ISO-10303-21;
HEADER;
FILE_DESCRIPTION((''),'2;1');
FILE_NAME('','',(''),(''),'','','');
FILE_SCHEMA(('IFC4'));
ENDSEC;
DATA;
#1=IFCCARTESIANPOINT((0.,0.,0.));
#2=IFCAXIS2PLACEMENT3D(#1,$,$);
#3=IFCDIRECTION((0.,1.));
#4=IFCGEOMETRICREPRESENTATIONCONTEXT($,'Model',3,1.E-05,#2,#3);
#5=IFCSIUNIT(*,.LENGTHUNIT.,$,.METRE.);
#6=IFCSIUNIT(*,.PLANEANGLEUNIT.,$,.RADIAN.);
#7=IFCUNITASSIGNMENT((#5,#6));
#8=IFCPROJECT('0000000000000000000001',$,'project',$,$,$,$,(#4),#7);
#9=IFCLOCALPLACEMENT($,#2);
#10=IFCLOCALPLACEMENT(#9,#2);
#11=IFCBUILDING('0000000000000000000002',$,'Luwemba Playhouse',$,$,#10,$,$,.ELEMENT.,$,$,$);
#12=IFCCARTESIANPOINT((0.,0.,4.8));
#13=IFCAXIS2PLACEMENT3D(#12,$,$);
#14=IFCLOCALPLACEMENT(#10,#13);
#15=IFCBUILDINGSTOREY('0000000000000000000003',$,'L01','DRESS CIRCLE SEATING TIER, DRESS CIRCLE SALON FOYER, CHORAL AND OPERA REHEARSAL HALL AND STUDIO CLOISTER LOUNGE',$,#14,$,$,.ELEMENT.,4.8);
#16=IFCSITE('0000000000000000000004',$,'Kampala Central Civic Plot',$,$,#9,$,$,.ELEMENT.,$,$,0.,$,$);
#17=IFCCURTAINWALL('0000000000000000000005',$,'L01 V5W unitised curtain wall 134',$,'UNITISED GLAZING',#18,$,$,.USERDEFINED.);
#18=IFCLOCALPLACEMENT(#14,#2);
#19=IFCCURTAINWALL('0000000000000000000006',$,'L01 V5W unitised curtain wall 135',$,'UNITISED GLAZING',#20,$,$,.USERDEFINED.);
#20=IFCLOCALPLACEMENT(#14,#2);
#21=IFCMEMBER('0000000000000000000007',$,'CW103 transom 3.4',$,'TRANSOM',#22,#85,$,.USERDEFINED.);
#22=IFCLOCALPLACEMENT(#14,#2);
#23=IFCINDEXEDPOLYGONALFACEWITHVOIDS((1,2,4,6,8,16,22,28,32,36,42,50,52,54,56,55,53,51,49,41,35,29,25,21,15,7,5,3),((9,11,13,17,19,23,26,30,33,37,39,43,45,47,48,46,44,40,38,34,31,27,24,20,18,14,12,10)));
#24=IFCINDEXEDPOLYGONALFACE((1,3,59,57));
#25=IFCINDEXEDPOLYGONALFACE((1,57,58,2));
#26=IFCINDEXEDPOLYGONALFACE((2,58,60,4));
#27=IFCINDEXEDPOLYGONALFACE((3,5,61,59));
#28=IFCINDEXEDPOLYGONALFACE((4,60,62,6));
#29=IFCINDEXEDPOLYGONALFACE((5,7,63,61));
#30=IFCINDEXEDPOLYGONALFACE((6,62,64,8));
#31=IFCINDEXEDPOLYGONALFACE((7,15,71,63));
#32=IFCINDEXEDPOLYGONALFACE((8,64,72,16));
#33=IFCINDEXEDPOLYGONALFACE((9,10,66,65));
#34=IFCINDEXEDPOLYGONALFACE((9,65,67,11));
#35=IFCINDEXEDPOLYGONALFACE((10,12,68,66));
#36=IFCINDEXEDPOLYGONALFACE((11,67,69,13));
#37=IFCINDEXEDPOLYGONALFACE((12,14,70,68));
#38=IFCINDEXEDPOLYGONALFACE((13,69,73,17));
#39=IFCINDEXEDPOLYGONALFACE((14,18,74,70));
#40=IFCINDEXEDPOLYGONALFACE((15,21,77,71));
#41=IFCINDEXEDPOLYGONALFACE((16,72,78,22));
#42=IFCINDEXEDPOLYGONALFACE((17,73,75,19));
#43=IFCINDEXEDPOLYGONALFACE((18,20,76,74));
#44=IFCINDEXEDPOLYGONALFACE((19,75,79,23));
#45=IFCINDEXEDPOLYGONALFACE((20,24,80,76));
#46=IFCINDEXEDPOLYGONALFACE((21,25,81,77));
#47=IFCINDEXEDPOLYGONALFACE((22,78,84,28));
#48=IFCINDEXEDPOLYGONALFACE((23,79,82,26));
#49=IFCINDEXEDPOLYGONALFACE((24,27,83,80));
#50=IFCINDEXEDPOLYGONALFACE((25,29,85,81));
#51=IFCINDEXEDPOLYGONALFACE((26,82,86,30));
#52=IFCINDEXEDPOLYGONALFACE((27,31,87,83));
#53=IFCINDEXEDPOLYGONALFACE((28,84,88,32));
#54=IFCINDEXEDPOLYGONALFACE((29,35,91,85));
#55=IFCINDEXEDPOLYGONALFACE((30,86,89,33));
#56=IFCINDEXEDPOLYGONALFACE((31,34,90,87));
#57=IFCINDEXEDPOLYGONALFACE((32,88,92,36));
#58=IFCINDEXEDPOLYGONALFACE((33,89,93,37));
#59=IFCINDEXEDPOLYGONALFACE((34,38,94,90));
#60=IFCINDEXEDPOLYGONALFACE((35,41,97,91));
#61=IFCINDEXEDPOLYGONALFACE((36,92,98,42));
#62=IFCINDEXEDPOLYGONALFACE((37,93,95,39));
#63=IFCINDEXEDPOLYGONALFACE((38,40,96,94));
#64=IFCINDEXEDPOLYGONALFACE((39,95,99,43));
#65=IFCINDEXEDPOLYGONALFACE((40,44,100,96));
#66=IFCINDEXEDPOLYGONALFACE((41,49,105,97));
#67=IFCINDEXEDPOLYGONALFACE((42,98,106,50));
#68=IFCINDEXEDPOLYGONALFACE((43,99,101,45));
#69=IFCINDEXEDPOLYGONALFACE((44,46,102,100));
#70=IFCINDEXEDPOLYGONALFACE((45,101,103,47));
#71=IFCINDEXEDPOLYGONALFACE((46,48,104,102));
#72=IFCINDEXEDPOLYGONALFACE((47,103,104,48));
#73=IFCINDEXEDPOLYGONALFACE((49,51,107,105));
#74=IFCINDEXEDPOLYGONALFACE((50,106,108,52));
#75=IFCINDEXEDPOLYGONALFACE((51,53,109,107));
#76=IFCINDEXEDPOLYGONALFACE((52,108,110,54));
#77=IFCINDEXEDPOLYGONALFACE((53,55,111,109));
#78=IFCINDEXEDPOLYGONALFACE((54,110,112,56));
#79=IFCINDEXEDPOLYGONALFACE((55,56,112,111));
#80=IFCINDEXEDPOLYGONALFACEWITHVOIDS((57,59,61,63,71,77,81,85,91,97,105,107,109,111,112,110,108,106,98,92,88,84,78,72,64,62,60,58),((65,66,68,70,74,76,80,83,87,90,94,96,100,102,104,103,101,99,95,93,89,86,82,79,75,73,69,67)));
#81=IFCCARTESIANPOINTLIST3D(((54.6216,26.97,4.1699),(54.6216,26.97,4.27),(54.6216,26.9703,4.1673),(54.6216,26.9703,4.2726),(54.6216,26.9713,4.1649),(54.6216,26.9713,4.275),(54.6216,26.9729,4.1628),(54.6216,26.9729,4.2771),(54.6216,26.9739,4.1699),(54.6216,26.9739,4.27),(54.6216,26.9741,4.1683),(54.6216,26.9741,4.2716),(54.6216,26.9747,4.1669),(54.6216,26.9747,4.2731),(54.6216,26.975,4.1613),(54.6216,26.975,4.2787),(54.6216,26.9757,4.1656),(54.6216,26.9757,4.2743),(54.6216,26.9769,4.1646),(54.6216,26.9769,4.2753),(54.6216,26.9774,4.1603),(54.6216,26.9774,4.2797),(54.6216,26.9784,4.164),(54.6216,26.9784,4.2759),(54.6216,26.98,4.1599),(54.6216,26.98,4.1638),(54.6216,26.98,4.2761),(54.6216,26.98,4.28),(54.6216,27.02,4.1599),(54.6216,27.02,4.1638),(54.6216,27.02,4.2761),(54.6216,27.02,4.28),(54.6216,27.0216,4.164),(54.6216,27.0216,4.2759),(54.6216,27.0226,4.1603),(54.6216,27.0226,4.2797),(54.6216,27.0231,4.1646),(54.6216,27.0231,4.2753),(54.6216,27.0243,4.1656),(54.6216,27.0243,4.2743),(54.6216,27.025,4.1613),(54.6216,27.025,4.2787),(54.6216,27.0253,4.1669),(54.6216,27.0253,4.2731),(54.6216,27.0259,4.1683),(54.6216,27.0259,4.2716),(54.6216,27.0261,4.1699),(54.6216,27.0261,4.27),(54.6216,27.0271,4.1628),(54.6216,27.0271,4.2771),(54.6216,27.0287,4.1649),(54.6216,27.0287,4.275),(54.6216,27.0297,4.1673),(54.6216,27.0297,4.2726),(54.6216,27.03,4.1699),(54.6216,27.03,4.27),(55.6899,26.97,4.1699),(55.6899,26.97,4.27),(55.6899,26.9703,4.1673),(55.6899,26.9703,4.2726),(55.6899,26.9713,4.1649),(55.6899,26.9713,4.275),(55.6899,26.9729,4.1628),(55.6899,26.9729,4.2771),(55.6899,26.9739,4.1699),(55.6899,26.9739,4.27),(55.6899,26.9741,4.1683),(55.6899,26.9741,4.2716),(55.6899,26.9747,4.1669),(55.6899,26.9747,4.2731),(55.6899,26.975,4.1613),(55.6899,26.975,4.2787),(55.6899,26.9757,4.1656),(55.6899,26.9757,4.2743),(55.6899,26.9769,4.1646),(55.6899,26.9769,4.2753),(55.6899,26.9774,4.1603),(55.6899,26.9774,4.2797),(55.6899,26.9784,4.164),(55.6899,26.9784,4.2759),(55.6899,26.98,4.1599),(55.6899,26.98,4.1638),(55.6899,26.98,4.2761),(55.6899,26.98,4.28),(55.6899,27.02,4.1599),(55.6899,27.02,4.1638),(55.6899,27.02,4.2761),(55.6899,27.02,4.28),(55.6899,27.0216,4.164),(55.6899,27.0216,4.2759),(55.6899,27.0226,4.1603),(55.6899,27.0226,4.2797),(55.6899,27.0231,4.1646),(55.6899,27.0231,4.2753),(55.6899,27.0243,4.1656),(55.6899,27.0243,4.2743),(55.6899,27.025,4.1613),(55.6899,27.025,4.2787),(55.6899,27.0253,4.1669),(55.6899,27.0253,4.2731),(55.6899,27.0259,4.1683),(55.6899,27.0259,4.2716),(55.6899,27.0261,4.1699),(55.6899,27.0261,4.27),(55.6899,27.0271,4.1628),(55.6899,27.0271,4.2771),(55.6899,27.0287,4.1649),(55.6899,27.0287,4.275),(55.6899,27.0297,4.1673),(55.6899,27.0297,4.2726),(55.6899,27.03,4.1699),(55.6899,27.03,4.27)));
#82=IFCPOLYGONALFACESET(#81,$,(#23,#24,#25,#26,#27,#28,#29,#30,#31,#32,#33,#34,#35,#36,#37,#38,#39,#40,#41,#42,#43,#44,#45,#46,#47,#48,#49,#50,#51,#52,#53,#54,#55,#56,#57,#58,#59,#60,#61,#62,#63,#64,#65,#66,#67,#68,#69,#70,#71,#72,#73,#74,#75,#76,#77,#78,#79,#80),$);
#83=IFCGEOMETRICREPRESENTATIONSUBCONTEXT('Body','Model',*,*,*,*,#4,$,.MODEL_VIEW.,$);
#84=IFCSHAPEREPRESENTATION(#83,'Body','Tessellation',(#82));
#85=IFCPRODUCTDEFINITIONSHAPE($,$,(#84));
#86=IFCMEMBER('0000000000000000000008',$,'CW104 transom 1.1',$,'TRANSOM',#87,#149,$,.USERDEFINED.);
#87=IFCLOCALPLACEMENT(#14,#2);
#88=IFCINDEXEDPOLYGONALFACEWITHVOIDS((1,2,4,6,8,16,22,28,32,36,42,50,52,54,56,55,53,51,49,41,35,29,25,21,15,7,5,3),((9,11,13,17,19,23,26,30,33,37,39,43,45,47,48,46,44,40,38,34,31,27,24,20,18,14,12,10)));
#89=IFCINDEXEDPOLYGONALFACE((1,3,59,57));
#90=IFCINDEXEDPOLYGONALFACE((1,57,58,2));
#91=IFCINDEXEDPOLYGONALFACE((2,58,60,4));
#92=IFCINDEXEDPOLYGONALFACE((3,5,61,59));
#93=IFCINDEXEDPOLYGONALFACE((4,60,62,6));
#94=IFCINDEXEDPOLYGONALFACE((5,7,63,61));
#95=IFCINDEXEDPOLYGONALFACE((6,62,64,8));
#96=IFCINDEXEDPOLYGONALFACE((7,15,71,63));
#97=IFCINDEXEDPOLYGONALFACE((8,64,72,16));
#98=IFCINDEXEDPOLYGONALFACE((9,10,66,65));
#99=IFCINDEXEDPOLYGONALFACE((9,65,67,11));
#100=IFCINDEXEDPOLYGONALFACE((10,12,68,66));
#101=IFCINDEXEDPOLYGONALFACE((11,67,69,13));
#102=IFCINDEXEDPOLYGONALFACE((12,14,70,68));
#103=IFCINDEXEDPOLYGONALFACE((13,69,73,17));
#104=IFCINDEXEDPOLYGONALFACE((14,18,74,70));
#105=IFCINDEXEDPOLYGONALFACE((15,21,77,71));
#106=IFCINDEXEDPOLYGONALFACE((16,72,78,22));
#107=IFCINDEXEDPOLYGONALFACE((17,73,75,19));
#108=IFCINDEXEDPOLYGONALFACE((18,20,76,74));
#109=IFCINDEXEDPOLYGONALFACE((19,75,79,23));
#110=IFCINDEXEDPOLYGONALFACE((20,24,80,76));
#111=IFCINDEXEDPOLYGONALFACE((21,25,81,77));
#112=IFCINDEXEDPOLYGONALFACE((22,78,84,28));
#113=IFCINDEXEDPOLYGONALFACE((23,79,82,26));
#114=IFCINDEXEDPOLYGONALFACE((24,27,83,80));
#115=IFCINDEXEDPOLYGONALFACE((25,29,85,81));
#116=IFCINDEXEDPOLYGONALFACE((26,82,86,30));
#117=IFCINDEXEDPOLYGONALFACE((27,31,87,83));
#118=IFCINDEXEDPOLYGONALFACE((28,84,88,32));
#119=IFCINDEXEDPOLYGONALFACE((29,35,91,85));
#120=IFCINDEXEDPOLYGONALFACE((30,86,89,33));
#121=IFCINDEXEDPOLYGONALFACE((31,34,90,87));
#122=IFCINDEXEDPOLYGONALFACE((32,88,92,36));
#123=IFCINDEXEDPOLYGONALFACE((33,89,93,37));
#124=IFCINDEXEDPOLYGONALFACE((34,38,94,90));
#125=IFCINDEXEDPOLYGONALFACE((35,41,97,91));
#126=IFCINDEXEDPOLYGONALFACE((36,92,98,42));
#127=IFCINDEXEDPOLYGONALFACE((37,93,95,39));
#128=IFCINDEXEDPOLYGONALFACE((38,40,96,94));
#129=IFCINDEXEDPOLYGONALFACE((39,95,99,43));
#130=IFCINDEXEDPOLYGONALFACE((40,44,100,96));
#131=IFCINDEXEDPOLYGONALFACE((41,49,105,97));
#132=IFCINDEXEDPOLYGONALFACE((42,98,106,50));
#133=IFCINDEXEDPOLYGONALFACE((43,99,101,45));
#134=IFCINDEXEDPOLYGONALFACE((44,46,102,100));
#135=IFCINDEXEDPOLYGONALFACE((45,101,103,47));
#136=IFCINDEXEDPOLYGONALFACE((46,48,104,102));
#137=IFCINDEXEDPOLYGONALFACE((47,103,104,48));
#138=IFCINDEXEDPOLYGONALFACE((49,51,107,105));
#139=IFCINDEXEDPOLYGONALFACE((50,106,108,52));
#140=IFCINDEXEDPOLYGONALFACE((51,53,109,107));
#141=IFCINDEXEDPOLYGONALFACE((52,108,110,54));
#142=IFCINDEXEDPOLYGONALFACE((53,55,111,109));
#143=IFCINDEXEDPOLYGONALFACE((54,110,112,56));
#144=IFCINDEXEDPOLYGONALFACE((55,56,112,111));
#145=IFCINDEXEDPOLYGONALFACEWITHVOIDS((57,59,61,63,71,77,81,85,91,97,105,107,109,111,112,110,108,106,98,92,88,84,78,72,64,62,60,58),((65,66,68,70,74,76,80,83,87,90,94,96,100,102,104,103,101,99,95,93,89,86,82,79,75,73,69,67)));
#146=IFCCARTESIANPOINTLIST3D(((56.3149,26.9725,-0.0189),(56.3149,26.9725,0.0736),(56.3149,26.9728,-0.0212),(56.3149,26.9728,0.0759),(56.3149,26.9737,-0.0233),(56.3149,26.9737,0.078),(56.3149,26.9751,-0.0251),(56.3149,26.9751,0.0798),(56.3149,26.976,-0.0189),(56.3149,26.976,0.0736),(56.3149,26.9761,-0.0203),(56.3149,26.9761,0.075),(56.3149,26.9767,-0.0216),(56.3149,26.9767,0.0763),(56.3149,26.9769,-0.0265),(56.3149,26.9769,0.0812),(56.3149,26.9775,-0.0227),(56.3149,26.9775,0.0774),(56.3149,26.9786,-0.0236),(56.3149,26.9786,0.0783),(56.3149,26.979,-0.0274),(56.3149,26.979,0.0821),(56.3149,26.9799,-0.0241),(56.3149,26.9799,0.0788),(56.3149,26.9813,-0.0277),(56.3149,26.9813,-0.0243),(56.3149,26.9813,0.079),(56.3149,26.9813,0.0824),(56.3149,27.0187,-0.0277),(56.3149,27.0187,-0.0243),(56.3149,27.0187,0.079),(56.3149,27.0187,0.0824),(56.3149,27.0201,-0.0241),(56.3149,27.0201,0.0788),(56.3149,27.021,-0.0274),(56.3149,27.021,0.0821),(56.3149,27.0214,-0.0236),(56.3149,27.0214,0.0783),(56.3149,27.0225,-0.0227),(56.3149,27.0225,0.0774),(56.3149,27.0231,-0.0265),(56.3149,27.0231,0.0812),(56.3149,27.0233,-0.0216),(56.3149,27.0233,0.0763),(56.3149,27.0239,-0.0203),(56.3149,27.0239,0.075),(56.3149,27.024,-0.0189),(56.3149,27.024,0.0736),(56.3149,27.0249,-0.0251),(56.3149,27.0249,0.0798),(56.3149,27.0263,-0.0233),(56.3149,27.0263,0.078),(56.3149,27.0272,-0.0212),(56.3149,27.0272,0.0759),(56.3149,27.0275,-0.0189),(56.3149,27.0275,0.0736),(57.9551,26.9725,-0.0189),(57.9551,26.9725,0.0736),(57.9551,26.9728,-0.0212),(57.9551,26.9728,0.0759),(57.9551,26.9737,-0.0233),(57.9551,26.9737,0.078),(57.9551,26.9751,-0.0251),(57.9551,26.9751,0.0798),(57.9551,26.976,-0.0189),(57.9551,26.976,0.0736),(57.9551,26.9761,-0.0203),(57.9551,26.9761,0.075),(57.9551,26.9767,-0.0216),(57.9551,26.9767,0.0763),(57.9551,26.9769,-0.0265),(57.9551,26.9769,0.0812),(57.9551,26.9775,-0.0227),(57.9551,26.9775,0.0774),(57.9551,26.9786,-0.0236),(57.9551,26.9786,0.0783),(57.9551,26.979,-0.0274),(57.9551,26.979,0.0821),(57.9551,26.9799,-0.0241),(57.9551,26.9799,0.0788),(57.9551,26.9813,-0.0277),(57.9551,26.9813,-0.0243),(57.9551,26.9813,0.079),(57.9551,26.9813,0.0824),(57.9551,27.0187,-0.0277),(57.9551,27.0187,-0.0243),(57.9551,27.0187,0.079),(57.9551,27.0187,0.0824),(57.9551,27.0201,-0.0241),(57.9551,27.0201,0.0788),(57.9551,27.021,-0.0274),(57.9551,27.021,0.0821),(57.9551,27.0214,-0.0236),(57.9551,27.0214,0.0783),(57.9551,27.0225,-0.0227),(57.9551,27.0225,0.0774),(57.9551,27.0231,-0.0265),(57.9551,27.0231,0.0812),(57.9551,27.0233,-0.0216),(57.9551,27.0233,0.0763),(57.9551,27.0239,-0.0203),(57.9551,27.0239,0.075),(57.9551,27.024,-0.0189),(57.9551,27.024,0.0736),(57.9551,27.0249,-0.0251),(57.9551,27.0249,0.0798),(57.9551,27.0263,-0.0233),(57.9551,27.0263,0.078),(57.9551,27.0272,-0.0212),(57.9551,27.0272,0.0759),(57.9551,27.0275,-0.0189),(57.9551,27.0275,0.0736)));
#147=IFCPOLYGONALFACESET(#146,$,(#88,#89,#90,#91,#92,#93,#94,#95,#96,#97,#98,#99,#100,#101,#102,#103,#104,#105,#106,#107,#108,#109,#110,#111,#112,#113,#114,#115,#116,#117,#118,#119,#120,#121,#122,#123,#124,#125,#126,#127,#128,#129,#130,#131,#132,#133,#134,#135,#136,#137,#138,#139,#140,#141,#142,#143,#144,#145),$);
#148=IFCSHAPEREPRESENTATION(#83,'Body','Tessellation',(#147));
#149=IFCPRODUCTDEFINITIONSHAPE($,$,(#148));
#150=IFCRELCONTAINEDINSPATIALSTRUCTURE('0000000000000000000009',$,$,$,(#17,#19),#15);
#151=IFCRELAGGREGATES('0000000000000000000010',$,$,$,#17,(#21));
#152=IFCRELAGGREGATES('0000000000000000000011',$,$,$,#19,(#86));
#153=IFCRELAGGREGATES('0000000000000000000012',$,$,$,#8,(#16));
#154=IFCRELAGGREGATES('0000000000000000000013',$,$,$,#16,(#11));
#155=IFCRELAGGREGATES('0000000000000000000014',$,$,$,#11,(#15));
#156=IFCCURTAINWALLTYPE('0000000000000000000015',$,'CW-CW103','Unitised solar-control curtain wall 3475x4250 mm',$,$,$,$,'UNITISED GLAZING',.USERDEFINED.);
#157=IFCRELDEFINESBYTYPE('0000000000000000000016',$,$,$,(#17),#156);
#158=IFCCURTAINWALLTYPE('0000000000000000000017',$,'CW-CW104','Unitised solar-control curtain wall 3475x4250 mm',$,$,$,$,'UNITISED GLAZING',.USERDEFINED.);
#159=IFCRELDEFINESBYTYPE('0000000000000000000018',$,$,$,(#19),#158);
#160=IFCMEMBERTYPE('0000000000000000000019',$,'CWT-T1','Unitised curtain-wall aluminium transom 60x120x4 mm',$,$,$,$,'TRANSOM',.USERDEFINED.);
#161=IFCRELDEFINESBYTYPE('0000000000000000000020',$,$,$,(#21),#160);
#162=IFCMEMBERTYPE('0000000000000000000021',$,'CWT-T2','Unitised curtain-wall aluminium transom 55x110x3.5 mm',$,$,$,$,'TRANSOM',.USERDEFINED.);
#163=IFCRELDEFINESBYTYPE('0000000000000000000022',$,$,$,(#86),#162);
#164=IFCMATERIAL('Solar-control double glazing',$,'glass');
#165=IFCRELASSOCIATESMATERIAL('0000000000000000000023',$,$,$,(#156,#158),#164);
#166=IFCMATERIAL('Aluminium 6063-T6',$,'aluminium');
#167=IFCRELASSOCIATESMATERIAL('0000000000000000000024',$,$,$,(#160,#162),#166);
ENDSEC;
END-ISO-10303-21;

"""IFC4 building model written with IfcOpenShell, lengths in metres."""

from ifc_helpers import new_model, si_unit, direction, frame, origin, origin_2d, place, context, subcontext, project, spatial, hollow_rectangle, extrude, material, material_profile, profile_set, type_object, element, aggregate, save


model = new_model("IFC4")

# Units and contexts
model_context = context("Model", 3, precision=1e-05, world=origin(), true_north=direction((0.0, 1.0)))
body_context = subcontext(model_context, "Body", "Model", "MODEL_VIEW")
ifc_project = project(units=[si_unit("LENGTHUNIT", "METRE"), si_unit("PLANEANGLEUNIT", "RADIAN")], contexts=[model_context])

# Site, building, storey
site_placement = place(None, origin())
site = spatial("IfcSite", under=ifc_project, at=site_placement, Name="Kampala Central Civic Plot", CompositionType="ELEMENT", RefElevation=0.0)
building_placement = place(site_placement, origin())
building = spatial("IfcBuilding", under=site, at=building_placement, Name="Luwemba Playhouse", CompositionType="ELEMENT")
storey_placement = place(building_placement, frame((0.0, 0.0, 4.8)))
storey = spatial("IfcBuildingStorey", under=building, at=storey_placement, Name="L01", Description="DRESS CIRCLE SEATING TIER, DRESS CIRCLE SALON FOYER, CHORAL AND OPERA REHEARSAL HALL AND STUDIO CLOISTER LOUNGE", CompositionType="ELEMENT", Elevation=4.8)

# Curtain walls
ifc_material_1 = material(Name="Solar-control double glazing", Category="glass")
curtain_wall_type_1 = type_object("IfcCurtainWallType", Name="CW-CW103", Description="Unitised solar-control curtain wall 3475x4250 mm", ElementType="UNITISED GLAZING", PredefinedType="USERDEFINED", material=ifc_material_1)
curtain_wall_1_placement = place(storey_placement, origin())
curtain_wall_1 = element("IfcCurtainWall", 1, at=curtain_wall_1_placement, inside=storey, type_object=curtain_wall_type_1, Name="L01 V5W unitised curtain wall 134", ObjectType="UNITISED GLAZING", PredefinedType="USERDEFINED")
ifc_material_2 = material(Name="Aluminium 6063-T6", Category="aluminium")
curtain_wall_type_2 = type_object("IfcCurtainWallType", Name="CW-CW104", Description="Unitised solar-control curtain wall 3475x4250 mm", ElementType="UNITISED GLAZING", PredefinedType="USERDEFINED", material=ifc_material_1)
curtain_wall_2_placement = place(storey_placement, origin())
curtain_wall_2 = element("IfcCurtainWall", 2, at=curtain_wall_2_placement, inside=storey, type_object=curtain_wall_type_2, Name="L01 V5W unitised curtain wall 135", ObjectType="UNITISED GLAZING", PredefinedType="USERDEFINED")

# Members
ifc_material_profile_1 = material_profile(ifc_material_2, hollow_rectangle(XDim=0.0601, YDim=0.1201, WallThickness=0.0039, InnerFilletRadius=0.0061, OuterFilletRadius=0.01, at=origin_2d()))
ifc_profile_set_1 = profile_set([ifc_material_profile_1], Name="Aluminium 6063-T6")
member_type_1 = type_object("IfcMemberType", Name="CWT-T1", Description="Unitised curtain-wall aluminium transom 60x120x4 mm", ElementType="TRANSOM", PredefinedType="USERDEFINED", material=ifc_profile_set_1)
member_1_placement = place(storey_placement, frame((54.6216, 27.0, 4.22), z_axis=(1.0, 0.0, 0.0), x_axis=(0.0, 1.0, 0.0)))
member_1 = element("IfcMember", 3, at=member_1_placement, type_object=member_type_1, Name="CW103 transom 3.4", ObjectType="TRANSOM", PredefinedType="USERDEFINED", context=body_context, shape_type="SweptSolid", body=[
    extrude(hollow_rectangle(XDim=0.0601, YDim=0.1201, WallThickness=0.0039, InnerFilletRadius=0.0061, OuterFilletRadius=0.01, at=origin_2d()), origin(), (0.0, 0.0, 1.0), 1.0684),
])
ifc_material_profile_2 = material_profile(ifc_material_2, hollow_rectangle(XDim=0.0549, YDim=0.1101, WallThickness=0.0034, InnerFilletRadius=0.0054, OuterFilletRadius=0.0088, at=origin_2d()))
ifc_profile_set_2 = profile_set([ifc_material_profile_2], Name="Aluminium 6063-T6")
member_type_2 = type_object("IfcMemberType", Name="CWT-T2", Description="Unitised curtain-wall aluminium transom 55x110x3.5 mm", ElementType="TRANSOM", PredefinedType="USERDEFINED", material=ifc_profile_set_2)
member_2_placement = place(storey_placement, frame((56.3149, 27.0, 0.0273), z_axis=(1.0, 0.0, 0.0), x_axis=(0.0, 1.0, 0.0)))
member_2 = element("IfcMember", 4, at=member_2_placement, type_object=member_type_2, Name="CW104 transom 1.1", ObjectType="TRANSOM", PredefinedType="USERDEFINED", context=body_context, shape_type="SweptSolid", body=[
    extrude(hollow_rectangle(XDim=0.0549, YDim=0.1101, WallThickness=0.0034, InnerFilletRadius=0.0054, OuterFilletRadius=0.0088, at=origin_2d()), origin(), (0.0, 0.0, 1.0), 1.6401),
])

aggregate(curtain_wall_1, [member_1])
aggregate(curtain_wall_2, [member_2])

save(model, "model.ifc")
